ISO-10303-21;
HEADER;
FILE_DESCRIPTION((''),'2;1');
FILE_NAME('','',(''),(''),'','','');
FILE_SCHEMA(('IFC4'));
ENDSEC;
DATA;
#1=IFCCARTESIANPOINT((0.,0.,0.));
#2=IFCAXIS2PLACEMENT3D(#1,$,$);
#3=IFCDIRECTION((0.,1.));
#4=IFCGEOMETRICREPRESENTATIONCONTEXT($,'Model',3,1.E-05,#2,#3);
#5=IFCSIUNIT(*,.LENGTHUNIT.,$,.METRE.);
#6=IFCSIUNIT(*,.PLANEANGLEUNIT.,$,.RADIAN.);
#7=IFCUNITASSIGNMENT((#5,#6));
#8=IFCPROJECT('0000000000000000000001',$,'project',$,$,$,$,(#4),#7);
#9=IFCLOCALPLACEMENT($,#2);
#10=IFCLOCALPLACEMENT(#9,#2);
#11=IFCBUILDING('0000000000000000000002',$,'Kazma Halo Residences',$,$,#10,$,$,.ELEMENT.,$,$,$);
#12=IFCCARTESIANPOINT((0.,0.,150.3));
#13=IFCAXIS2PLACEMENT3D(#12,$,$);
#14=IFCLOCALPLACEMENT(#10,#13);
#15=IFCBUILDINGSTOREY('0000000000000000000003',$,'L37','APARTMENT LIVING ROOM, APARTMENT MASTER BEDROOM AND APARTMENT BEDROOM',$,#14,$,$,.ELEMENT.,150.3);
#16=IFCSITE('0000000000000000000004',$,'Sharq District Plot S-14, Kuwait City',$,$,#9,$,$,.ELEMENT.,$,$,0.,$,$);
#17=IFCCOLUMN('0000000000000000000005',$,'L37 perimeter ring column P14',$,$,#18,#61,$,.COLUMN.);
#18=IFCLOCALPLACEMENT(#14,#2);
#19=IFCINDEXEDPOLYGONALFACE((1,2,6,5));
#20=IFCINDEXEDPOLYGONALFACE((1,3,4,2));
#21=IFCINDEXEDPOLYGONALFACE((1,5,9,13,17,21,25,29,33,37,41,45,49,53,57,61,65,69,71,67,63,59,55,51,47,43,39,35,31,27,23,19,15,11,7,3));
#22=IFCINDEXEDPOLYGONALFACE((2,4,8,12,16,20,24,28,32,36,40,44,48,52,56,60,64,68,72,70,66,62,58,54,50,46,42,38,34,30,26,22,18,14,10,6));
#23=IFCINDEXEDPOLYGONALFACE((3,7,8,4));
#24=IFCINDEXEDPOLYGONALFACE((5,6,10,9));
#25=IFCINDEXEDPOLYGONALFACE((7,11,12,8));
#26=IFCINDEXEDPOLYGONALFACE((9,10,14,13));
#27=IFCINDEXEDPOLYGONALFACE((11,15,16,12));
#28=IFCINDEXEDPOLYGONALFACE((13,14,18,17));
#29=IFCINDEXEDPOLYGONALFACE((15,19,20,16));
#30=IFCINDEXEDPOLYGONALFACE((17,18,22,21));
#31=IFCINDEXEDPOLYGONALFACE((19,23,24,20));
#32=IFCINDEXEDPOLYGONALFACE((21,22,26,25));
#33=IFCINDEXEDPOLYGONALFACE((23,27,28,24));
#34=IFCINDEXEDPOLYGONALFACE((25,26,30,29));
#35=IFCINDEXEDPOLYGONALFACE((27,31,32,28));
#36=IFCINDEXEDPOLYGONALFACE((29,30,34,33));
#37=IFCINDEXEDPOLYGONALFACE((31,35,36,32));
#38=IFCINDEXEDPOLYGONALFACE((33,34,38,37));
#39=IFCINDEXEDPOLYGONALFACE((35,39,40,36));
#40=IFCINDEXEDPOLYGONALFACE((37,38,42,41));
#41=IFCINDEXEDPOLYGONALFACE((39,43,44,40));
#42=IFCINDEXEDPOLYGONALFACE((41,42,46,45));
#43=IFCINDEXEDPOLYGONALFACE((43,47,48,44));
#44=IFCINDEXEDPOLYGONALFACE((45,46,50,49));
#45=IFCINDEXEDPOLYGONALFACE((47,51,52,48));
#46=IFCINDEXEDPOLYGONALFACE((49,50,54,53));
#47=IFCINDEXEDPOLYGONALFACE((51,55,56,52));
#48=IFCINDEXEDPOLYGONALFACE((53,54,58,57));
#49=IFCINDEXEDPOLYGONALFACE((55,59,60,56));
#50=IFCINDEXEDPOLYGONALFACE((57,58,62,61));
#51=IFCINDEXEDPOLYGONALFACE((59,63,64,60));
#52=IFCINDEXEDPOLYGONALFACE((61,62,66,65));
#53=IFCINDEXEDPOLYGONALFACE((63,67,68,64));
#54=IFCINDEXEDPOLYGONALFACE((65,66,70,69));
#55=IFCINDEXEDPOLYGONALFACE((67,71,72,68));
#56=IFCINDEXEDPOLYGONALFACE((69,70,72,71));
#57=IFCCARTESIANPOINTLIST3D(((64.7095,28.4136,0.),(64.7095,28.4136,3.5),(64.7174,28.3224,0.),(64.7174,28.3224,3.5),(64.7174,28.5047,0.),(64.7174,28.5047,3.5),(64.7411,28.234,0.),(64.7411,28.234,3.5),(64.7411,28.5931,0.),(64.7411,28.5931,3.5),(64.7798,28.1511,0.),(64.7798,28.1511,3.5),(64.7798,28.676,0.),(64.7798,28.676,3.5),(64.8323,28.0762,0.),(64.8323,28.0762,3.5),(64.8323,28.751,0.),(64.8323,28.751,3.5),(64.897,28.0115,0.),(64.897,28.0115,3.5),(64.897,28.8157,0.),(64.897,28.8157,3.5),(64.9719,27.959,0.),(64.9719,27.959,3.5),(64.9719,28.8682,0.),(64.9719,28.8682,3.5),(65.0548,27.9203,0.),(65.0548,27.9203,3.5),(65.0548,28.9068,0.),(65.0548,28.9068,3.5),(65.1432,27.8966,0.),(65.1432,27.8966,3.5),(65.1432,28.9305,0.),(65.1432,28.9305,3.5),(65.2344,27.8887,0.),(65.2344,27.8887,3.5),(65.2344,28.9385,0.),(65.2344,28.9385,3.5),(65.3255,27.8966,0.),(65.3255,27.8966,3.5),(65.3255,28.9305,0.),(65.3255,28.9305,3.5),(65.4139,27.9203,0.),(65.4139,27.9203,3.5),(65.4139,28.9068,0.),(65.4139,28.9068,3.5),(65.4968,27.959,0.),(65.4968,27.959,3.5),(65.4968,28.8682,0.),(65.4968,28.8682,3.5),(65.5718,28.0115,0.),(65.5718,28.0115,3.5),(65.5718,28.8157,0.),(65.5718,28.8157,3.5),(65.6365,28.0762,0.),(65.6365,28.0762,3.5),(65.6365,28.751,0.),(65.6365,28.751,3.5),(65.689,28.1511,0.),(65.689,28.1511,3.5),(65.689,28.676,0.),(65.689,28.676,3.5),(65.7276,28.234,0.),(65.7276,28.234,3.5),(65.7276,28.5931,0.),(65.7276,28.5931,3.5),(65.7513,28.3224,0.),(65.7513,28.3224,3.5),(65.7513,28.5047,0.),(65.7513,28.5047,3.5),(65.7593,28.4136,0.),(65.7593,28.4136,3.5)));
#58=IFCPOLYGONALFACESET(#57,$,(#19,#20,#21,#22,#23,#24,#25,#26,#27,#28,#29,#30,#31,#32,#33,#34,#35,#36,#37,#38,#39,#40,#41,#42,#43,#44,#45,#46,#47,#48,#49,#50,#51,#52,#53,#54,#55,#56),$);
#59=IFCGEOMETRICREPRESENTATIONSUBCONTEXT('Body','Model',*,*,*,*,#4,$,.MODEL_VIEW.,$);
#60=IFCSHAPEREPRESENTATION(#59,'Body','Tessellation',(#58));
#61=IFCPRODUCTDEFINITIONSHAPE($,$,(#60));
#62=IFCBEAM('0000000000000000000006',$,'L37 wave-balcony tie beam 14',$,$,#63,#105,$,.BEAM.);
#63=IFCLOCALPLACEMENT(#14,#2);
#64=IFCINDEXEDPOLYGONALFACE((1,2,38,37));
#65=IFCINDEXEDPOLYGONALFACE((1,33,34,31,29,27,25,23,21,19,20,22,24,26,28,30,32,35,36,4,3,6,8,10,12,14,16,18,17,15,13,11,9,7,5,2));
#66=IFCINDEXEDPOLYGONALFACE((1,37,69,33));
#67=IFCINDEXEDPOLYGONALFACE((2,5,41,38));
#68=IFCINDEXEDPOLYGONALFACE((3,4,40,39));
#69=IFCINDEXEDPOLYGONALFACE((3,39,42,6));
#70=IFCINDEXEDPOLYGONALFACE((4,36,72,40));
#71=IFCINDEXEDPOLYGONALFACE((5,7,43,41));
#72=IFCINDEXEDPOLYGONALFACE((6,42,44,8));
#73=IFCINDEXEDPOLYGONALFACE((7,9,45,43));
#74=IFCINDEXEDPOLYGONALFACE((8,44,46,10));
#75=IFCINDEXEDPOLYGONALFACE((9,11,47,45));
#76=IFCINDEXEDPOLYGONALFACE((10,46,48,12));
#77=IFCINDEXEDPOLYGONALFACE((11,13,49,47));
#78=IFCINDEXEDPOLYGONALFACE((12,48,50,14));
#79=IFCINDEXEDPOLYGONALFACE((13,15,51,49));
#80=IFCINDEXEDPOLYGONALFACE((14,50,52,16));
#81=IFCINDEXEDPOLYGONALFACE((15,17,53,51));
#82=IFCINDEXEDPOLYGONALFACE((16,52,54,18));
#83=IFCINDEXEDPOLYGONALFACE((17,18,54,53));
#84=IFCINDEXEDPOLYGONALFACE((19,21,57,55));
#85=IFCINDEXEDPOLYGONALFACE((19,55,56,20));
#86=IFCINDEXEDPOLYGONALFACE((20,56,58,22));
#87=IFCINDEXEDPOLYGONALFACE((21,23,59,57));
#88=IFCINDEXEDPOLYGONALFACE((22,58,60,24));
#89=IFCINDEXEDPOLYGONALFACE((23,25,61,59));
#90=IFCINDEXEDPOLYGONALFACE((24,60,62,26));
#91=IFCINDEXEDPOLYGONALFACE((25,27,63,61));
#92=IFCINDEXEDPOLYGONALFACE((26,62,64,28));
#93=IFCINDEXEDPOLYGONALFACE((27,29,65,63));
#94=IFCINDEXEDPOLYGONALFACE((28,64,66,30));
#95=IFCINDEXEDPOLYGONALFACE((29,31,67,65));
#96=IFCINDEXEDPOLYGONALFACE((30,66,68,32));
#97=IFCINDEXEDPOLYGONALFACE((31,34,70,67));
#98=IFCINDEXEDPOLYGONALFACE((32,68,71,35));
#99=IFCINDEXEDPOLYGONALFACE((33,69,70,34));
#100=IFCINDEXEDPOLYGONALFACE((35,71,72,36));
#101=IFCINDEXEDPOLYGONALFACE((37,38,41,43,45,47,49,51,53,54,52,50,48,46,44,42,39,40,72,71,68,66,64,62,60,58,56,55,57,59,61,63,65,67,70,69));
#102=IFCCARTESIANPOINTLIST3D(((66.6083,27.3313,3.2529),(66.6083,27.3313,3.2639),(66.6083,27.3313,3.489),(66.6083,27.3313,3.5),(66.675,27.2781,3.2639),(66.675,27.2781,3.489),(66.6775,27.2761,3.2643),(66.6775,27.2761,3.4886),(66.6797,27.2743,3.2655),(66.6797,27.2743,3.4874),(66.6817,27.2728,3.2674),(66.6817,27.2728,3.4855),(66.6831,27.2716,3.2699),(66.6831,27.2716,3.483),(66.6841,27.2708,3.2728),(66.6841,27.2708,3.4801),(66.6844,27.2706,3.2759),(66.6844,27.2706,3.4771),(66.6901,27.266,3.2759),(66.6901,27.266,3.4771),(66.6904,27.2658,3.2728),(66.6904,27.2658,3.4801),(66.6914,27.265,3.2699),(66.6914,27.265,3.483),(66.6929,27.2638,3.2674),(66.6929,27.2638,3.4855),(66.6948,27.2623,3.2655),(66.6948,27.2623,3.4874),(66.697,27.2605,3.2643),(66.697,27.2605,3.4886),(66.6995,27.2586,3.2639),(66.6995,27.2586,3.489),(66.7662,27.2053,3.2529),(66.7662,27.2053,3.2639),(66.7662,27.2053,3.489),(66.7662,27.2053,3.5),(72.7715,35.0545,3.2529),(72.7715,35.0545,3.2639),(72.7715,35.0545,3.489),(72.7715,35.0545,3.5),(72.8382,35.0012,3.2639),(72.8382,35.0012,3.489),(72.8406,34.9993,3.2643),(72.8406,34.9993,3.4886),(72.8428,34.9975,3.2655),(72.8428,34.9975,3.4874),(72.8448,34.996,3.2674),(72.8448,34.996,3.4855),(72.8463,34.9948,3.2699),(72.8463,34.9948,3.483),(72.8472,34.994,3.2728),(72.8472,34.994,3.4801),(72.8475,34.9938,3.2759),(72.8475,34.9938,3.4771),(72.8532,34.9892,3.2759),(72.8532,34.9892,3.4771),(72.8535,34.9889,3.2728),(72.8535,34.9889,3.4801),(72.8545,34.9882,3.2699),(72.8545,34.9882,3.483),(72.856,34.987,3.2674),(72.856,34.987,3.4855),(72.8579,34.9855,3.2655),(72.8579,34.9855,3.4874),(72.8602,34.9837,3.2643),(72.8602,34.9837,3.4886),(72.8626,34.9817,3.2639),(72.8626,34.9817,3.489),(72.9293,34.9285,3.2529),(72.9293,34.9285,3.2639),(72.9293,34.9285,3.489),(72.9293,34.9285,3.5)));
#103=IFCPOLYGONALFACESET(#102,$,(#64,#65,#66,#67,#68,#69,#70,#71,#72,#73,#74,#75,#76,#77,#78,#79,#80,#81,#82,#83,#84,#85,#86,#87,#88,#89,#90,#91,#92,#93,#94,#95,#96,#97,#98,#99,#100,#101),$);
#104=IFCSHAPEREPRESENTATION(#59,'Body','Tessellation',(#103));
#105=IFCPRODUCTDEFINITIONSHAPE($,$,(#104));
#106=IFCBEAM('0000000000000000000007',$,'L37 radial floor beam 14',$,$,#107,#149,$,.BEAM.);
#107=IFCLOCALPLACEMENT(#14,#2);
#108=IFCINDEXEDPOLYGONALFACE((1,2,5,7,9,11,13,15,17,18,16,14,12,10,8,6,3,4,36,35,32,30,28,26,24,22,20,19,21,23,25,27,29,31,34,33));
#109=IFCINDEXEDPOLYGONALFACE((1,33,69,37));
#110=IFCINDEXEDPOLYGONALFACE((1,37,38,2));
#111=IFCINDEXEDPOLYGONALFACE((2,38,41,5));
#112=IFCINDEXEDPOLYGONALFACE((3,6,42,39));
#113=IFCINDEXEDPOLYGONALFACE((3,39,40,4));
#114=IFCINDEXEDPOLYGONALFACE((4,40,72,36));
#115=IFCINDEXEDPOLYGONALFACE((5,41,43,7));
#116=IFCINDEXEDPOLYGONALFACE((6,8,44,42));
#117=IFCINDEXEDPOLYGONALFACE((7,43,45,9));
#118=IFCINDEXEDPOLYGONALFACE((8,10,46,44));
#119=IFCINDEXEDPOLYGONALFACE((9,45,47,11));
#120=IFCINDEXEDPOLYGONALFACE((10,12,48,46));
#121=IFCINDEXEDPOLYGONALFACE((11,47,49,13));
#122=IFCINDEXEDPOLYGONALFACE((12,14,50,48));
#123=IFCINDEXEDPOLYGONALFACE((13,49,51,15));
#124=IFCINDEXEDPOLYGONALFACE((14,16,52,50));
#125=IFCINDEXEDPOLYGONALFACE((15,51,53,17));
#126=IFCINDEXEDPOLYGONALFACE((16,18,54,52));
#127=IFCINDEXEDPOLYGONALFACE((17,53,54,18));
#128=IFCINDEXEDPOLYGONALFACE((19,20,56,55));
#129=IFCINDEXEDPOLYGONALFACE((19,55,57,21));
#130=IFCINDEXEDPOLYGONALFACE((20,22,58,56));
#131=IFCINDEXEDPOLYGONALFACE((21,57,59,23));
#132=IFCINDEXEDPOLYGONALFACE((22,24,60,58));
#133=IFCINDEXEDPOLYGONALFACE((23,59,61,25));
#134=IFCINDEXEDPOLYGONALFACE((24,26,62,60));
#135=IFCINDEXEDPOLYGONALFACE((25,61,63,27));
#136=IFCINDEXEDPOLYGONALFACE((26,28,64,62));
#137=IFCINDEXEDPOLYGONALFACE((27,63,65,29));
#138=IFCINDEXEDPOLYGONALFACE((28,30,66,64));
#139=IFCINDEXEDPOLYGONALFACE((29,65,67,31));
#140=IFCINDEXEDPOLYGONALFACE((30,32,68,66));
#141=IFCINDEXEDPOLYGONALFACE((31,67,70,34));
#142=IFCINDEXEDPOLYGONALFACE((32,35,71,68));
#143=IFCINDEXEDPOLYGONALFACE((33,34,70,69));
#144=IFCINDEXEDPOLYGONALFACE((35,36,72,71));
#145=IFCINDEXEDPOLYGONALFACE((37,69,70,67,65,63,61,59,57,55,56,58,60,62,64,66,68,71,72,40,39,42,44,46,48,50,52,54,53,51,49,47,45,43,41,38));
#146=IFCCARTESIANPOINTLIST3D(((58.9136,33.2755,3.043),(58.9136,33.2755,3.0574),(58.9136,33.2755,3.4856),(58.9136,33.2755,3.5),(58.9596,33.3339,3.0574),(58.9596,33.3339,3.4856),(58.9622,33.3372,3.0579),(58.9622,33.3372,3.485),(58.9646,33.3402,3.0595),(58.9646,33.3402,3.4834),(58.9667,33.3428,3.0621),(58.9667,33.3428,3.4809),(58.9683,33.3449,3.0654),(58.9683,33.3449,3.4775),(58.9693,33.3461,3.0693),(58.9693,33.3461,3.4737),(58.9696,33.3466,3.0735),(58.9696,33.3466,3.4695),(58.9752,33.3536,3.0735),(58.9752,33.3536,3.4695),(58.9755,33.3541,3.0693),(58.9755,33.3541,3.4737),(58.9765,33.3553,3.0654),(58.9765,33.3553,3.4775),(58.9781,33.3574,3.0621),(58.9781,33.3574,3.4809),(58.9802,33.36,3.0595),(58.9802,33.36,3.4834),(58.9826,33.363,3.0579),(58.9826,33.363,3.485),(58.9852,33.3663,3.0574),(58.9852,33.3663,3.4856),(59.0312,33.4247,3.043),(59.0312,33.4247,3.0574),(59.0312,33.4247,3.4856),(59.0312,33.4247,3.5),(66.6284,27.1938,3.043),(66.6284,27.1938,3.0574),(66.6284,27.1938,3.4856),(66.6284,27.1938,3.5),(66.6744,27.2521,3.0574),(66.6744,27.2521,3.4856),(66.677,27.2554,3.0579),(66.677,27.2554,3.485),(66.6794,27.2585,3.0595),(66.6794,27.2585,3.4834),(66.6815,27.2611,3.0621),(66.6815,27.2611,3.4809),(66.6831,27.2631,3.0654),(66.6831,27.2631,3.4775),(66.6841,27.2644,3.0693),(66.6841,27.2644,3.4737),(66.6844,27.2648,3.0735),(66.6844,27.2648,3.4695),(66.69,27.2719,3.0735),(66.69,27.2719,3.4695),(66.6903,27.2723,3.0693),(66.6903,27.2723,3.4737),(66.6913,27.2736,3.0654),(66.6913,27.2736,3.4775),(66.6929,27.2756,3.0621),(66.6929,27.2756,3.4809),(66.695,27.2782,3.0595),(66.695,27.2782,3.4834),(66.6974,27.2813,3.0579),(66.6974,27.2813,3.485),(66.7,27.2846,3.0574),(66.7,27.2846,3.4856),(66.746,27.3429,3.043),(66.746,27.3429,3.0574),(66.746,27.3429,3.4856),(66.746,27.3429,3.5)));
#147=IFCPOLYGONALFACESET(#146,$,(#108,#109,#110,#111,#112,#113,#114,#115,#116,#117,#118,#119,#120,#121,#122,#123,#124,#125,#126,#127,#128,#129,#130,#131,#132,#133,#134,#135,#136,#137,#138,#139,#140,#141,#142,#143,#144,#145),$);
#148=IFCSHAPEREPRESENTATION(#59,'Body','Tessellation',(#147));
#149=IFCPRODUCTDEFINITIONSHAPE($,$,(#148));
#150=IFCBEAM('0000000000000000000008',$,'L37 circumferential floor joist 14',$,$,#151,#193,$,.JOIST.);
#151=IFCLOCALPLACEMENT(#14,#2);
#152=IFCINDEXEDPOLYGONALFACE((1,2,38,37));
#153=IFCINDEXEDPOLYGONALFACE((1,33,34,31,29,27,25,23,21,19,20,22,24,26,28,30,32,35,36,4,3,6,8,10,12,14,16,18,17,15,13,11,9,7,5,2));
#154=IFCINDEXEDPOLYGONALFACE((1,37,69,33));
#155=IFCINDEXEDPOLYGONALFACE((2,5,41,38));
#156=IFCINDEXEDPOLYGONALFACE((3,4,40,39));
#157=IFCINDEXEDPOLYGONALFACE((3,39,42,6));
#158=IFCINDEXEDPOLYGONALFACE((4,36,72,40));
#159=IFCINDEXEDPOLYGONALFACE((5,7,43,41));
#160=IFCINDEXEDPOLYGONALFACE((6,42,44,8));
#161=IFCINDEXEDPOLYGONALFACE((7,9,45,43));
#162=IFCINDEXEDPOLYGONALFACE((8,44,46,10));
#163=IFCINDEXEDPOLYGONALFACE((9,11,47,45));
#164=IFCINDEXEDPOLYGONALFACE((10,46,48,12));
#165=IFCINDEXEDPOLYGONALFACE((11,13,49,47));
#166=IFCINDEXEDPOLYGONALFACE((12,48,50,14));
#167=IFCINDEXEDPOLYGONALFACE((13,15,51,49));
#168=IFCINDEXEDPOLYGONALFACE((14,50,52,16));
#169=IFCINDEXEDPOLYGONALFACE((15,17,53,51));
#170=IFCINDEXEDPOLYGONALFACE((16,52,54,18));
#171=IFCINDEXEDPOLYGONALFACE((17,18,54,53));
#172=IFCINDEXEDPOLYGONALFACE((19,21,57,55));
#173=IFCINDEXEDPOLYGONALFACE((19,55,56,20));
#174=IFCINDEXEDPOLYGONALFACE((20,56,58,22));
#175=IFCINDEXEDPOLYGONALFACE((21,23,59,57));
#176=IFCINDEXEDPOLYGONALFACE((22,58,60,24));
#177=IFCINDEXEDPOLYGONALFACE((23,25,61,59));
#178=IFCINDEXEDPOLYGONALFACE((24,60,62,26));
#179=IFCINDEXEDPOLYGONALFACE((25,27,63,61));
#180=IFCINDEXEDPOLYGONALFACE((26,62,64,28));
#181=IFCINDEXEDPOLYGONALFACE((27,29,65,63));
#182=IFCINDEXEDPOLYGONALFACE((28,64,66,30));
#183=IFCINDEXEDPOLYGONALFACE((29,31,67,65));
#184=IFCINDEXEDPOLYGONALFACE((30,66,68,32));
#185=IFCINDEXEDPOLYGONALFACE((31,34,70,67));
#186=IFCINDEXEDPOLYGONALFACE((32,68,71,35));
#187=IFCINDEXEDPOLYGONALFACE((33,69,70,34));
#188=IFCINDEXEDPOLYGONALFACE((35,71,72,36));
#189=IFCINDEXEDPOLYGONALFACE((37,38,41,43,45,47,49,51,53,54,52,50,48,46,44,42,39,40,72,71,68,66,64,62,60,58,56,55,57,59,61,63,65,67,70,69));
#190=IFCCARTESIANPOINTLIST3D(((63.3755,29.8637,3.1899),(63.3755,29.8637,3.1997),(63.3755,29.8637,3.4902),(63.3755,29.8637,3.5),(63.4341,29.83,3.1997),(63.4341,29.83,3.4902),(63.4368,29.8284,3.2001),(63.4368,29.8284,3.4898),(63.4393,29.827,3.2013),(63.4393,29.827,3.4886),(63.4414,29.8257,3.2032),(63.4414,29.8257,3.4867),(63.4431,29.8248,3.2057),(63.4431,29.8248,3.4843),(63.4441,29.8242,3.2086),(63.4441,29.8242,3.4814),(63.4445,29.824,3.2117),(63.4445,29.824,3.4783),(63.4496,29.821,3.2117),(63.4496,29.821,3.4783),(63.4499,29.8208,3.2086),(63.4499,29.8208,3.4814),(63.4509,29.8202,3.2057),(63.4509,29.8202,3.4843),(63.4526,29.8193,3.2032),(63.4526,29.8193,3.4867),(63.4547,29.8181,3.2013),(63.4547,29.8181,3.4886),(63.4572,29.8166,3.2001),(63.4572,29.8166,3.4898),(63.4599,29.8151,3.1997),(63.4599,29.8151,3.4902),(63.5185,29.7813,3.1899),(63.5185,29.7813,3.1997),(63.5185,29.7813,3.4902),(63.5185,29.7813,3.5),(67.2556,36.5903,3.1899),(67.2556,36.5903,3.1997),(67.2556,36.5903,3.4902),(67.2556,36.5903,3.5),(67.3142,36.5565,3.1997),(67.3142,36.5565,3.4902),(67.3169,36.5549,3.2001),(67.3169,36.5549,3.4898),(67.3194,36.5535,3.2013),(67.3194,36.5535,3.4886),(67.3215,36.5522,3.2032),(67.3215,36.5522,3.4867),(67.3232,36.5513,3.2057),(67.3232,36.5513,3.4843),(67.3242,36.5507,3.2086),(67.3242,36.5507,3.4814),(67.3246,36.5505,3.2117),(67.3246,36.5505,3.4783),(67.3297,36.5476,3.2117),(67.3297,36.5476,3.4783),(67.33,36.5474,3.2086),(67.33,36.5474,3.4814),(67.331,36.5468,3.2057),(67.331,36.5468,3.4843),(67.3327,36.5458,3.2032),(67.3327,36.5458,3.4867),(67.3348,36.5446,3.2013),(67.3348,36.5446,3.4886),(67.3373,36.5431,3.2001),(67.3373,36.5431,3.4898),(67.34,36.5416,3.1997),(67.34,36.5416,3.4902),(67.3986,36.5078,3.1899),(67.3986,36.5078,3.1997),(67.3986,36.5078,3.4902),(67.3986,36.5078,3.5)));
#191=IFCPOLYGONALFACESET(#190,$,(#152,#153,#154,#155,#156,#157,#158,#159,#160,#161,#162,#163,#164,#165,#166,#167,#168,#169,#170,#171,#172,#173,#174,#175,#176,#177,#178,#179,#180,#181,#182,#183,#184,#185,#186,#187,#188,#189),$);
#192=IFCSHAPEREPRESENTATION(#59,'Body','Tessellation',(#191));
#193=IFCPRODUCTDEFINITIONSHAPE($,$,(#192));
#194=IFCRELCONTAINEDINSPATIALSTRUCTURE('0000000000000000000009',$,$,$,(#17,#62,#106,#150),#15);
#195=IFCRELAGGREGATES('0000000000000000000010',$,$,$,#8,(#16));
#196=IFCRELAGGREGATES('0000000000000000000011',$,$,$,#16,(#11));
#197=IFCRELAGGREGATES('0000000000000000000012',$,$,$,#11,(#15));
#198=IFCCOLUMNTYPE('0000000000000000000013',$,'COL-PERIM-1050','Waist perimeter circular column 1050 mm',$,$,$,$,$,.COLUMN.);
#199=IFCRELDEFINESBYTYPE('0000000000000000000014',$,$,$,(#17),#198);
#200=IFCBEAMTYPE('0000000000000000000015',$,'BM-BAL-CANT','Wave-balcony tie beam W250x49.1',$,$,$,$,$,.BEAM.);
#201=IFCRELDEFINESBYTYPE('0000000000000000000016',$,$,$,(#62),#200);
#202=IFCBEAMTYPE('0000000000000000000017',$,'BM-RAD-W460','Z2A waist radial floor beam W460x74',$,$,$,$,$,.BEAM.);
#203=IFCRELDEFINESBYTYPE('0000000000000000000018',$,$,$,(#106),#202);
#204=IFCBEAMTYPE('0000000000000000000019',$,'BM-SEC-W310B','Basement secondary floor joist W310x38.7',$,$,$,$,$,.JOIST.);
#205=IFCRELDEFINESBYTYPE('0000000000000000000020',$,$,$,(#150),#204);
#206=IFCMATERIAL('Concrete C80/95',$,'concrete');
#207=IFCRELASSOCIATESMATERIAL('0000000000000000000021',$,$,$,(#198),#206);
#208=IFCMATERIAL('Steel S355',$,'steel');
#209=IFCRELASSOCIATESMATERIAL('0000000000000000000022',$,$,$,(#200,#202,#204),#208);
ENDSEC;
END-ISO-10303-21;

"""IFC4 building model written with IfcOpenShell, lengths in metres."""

from ifc_helpers import new_model, si_unit, direction, frame, origin, origin_2d, place, context, subcontext, project, spatial, circle, i_section, extrude, material, material_profile, profile_set, type_object, element, save


model = new_model("IFC4")

# Units and contexts
model_context = context("Model", 3, precision=1e-05, world=origin(), true_north=direction((0.0, 1.0)))
body_context = subcontext(model_context, "Body", "Model", "MODEL_VIEW")
ifc_project = project(units=[si_unit("LENGTHUNIT", "METRE"), si_unit("PLANEANGLEUNIT", "RADIAN")], contexts=[model_context])

# Site, building, storey
site_placement = place(None, origin())
site = spatial("IfcSite", under=ifc_project, at=site_placement, Name="Sharq District Plot S-14, Kuwait City", CompositionType="ELEMENT", RefElevation=0.0)
building_placement = place(site_placement, origin())
building = spatial("IfcBuilding", under=site, at=building_placement, Name="Kazma Halo Residences", CompositionType="ELEMENT")
storey_placement = place(building_placement, frame((0.0, 0.0, 150.3)))
storey = spatial("IfcBuildingStorey", under=building, at=storey_placement, Name="L37", Description="APARTMENT LIVING ROOM, APARTMENT MASTER BEDROOM AND APARTMENT BEDROOM", CompositionType="ELEMENT", Elevation=150.3)

# Column
ifc_material_1 = material(Name="Concrete C80/95", Category="concrete")
ifc_material_profile_1 = material_profile(ifc_material_1, circle(Radius=0.5249, at=origin_2d()), Name="CIRC1050")
ifc_profile_set_1 = profile_set([ifc_material_profile_1], Name="Concrete C80/95")
column_type = type_object("IfcColumnType", Name="COL-PERIM-1050", Description="Waist perimeter circular column 1050 mm", PredefinedType="COLUMN", material=ifc_profile_set_1)
column_placement = place(storey_placement, frame((65.2344, 28.4136, 0.0), z_axis=(0.0, 0.0, 1.0), x_axis=(1.0, 0.0, 0.0)))
element("IfcColumn", 1, at=column_placement, inside=storey, type_object=column_type, Name="L37 perimeter ring column P14", PredefinedType="COLUMN", context=body_context, shape_type="SweptSolid", body=[
    extrude(circle(Radius=0.5249, at=origin_2d()), origin(), (0.0, 0.0, 1.0), 3.5),
])

# Beams
ifc_material_2 = material(Name="Steel S355", Category="steel")
ifc_material_profile_2 = material_profile(ifc_material_2, i_section(OverallWidth=0.2019, OverallDepth=0.2471, WebThickness=0.0073, FlangeThickness=0.011, FilletRadius=0.012, at=origin_2d()), Name="W250x49.1")
ifc_profile_set_2 = profile_set([ifc_material_profile_2], Name="Steel S355")
beam_type_1 = type_object("IfcBeamType", Name="BM-BAL-CANT", Description="Wave-balcony tie beam W250x49.1", PredefinedType="BEAM", material=ifc_profile_set_2)
beam_1_placement = place(storey_placement, frame((66.6873, 27.2683, 3.3765), z_axis=(0.623742, 0.78163, 0.0), x_axis=(-0.78163, 0.623742, 0.0)))
element("IfcBeam", 2, at=beam_1_placement, inside=storey, type_object=beam_type_1, Name="L37 wave-balcony tie beam 14", PredefinedType="BEAM", context=body_context, shape_type="SweptSolid", body=[
    extrude(i_section(OverallWidth=0.2019, OverallDepth=0.2471, WebThickness=0.0073, FlangeThickness=0.011, FilletRadius=0.012, at=origin_2d()), origin(), (0.0, 0.0, 1.0), 9.8809),
])
ifc_material_profile_3 = material_profile(ifc_material_2, i_section(OverallWidth=0.1899, OverallDepth=0.457, WebThickness=0.009, FlangeThickness=0.0144, FilletRadius=0.0161, at=origin_2d()), Name="W460x74")
ifc_profile_set_3 = profile_set([ifc_material_profile_3], Name="Steel S355")
beam_type_2 = type_object("IfcBeamType", Name="BM-RAD-W460", Description="Z2A waist radial floor beam W460x74", PredefinedType="BEAM", material=ifc_profile_set_3)
beam_2_placement = place(storey_placement, frame((58.9724, 33.3501, 3.2715), z_axis=(0.785322, -0.619087, 0.0), x_axis=(0.619087, 0.785322, 0.0)))
element("IfcBeam", 3, at=beam_2_placement, inside=storey, type_object=beam_type_2, Name="L37 radial floor beam 14", PredefinedType="BEAM", context=body_context, shape_type="SweptSolid", body=[
    extrude(i_section(OverallWidth=0.1899, OverallDepth=0.457, WebThickness=0.009, FlangeThickness=0.0144, FilletRadius=0.0161, at=origin_2d()), origin(), (0.0, 0.0, 1.0), 9.8237),
])
ifc_material_profile_4 = material_profile(ifc_material_2, i_section(OverallWidth=0.165, OverallDepth=0.3101, WebThickness=0.0059, FlangeThickness=0.0098, FilletRadius=0.012, at=origin_2d()), Name="W310x38.7")
ifc_profile_set_4 = profile_set([ifc_material_profile_4], Name="Steel S355")
beam_type_3 = type_object("IfcBeamType", Name="BM-SEC-W310B", Description="Basement secondary floor joist W310x38.7", PredefinedType="JOIST", material=ifc_profile_set_4)
beam_3_placement = place(storey_placement, frame((63.447, 29.8225, 3.345), z_axis=(0.499666, 0.866218, 0.0), x_axis=(-0.866218, 0.499666, 0.0)))
element("IfcBeam", 4, at=beam_3_placement, inside=storey, type_object=beam_type_3, Name="L37 circumferential floor joist 14", PredefinedType="JOIST", context=body_context, shape_type="SweptSolid", body=[
    extrude(i_section(OverallWidth=0.165, OverallDepth=0.3101, WebThickness=0.0059, FlangeThickness=0.0098, FilletRadius=0.012, at=origin_2d()), origin(), (0.0, 0.0, 1.0), 7.7654),
])

save(model, "model.ifc")
